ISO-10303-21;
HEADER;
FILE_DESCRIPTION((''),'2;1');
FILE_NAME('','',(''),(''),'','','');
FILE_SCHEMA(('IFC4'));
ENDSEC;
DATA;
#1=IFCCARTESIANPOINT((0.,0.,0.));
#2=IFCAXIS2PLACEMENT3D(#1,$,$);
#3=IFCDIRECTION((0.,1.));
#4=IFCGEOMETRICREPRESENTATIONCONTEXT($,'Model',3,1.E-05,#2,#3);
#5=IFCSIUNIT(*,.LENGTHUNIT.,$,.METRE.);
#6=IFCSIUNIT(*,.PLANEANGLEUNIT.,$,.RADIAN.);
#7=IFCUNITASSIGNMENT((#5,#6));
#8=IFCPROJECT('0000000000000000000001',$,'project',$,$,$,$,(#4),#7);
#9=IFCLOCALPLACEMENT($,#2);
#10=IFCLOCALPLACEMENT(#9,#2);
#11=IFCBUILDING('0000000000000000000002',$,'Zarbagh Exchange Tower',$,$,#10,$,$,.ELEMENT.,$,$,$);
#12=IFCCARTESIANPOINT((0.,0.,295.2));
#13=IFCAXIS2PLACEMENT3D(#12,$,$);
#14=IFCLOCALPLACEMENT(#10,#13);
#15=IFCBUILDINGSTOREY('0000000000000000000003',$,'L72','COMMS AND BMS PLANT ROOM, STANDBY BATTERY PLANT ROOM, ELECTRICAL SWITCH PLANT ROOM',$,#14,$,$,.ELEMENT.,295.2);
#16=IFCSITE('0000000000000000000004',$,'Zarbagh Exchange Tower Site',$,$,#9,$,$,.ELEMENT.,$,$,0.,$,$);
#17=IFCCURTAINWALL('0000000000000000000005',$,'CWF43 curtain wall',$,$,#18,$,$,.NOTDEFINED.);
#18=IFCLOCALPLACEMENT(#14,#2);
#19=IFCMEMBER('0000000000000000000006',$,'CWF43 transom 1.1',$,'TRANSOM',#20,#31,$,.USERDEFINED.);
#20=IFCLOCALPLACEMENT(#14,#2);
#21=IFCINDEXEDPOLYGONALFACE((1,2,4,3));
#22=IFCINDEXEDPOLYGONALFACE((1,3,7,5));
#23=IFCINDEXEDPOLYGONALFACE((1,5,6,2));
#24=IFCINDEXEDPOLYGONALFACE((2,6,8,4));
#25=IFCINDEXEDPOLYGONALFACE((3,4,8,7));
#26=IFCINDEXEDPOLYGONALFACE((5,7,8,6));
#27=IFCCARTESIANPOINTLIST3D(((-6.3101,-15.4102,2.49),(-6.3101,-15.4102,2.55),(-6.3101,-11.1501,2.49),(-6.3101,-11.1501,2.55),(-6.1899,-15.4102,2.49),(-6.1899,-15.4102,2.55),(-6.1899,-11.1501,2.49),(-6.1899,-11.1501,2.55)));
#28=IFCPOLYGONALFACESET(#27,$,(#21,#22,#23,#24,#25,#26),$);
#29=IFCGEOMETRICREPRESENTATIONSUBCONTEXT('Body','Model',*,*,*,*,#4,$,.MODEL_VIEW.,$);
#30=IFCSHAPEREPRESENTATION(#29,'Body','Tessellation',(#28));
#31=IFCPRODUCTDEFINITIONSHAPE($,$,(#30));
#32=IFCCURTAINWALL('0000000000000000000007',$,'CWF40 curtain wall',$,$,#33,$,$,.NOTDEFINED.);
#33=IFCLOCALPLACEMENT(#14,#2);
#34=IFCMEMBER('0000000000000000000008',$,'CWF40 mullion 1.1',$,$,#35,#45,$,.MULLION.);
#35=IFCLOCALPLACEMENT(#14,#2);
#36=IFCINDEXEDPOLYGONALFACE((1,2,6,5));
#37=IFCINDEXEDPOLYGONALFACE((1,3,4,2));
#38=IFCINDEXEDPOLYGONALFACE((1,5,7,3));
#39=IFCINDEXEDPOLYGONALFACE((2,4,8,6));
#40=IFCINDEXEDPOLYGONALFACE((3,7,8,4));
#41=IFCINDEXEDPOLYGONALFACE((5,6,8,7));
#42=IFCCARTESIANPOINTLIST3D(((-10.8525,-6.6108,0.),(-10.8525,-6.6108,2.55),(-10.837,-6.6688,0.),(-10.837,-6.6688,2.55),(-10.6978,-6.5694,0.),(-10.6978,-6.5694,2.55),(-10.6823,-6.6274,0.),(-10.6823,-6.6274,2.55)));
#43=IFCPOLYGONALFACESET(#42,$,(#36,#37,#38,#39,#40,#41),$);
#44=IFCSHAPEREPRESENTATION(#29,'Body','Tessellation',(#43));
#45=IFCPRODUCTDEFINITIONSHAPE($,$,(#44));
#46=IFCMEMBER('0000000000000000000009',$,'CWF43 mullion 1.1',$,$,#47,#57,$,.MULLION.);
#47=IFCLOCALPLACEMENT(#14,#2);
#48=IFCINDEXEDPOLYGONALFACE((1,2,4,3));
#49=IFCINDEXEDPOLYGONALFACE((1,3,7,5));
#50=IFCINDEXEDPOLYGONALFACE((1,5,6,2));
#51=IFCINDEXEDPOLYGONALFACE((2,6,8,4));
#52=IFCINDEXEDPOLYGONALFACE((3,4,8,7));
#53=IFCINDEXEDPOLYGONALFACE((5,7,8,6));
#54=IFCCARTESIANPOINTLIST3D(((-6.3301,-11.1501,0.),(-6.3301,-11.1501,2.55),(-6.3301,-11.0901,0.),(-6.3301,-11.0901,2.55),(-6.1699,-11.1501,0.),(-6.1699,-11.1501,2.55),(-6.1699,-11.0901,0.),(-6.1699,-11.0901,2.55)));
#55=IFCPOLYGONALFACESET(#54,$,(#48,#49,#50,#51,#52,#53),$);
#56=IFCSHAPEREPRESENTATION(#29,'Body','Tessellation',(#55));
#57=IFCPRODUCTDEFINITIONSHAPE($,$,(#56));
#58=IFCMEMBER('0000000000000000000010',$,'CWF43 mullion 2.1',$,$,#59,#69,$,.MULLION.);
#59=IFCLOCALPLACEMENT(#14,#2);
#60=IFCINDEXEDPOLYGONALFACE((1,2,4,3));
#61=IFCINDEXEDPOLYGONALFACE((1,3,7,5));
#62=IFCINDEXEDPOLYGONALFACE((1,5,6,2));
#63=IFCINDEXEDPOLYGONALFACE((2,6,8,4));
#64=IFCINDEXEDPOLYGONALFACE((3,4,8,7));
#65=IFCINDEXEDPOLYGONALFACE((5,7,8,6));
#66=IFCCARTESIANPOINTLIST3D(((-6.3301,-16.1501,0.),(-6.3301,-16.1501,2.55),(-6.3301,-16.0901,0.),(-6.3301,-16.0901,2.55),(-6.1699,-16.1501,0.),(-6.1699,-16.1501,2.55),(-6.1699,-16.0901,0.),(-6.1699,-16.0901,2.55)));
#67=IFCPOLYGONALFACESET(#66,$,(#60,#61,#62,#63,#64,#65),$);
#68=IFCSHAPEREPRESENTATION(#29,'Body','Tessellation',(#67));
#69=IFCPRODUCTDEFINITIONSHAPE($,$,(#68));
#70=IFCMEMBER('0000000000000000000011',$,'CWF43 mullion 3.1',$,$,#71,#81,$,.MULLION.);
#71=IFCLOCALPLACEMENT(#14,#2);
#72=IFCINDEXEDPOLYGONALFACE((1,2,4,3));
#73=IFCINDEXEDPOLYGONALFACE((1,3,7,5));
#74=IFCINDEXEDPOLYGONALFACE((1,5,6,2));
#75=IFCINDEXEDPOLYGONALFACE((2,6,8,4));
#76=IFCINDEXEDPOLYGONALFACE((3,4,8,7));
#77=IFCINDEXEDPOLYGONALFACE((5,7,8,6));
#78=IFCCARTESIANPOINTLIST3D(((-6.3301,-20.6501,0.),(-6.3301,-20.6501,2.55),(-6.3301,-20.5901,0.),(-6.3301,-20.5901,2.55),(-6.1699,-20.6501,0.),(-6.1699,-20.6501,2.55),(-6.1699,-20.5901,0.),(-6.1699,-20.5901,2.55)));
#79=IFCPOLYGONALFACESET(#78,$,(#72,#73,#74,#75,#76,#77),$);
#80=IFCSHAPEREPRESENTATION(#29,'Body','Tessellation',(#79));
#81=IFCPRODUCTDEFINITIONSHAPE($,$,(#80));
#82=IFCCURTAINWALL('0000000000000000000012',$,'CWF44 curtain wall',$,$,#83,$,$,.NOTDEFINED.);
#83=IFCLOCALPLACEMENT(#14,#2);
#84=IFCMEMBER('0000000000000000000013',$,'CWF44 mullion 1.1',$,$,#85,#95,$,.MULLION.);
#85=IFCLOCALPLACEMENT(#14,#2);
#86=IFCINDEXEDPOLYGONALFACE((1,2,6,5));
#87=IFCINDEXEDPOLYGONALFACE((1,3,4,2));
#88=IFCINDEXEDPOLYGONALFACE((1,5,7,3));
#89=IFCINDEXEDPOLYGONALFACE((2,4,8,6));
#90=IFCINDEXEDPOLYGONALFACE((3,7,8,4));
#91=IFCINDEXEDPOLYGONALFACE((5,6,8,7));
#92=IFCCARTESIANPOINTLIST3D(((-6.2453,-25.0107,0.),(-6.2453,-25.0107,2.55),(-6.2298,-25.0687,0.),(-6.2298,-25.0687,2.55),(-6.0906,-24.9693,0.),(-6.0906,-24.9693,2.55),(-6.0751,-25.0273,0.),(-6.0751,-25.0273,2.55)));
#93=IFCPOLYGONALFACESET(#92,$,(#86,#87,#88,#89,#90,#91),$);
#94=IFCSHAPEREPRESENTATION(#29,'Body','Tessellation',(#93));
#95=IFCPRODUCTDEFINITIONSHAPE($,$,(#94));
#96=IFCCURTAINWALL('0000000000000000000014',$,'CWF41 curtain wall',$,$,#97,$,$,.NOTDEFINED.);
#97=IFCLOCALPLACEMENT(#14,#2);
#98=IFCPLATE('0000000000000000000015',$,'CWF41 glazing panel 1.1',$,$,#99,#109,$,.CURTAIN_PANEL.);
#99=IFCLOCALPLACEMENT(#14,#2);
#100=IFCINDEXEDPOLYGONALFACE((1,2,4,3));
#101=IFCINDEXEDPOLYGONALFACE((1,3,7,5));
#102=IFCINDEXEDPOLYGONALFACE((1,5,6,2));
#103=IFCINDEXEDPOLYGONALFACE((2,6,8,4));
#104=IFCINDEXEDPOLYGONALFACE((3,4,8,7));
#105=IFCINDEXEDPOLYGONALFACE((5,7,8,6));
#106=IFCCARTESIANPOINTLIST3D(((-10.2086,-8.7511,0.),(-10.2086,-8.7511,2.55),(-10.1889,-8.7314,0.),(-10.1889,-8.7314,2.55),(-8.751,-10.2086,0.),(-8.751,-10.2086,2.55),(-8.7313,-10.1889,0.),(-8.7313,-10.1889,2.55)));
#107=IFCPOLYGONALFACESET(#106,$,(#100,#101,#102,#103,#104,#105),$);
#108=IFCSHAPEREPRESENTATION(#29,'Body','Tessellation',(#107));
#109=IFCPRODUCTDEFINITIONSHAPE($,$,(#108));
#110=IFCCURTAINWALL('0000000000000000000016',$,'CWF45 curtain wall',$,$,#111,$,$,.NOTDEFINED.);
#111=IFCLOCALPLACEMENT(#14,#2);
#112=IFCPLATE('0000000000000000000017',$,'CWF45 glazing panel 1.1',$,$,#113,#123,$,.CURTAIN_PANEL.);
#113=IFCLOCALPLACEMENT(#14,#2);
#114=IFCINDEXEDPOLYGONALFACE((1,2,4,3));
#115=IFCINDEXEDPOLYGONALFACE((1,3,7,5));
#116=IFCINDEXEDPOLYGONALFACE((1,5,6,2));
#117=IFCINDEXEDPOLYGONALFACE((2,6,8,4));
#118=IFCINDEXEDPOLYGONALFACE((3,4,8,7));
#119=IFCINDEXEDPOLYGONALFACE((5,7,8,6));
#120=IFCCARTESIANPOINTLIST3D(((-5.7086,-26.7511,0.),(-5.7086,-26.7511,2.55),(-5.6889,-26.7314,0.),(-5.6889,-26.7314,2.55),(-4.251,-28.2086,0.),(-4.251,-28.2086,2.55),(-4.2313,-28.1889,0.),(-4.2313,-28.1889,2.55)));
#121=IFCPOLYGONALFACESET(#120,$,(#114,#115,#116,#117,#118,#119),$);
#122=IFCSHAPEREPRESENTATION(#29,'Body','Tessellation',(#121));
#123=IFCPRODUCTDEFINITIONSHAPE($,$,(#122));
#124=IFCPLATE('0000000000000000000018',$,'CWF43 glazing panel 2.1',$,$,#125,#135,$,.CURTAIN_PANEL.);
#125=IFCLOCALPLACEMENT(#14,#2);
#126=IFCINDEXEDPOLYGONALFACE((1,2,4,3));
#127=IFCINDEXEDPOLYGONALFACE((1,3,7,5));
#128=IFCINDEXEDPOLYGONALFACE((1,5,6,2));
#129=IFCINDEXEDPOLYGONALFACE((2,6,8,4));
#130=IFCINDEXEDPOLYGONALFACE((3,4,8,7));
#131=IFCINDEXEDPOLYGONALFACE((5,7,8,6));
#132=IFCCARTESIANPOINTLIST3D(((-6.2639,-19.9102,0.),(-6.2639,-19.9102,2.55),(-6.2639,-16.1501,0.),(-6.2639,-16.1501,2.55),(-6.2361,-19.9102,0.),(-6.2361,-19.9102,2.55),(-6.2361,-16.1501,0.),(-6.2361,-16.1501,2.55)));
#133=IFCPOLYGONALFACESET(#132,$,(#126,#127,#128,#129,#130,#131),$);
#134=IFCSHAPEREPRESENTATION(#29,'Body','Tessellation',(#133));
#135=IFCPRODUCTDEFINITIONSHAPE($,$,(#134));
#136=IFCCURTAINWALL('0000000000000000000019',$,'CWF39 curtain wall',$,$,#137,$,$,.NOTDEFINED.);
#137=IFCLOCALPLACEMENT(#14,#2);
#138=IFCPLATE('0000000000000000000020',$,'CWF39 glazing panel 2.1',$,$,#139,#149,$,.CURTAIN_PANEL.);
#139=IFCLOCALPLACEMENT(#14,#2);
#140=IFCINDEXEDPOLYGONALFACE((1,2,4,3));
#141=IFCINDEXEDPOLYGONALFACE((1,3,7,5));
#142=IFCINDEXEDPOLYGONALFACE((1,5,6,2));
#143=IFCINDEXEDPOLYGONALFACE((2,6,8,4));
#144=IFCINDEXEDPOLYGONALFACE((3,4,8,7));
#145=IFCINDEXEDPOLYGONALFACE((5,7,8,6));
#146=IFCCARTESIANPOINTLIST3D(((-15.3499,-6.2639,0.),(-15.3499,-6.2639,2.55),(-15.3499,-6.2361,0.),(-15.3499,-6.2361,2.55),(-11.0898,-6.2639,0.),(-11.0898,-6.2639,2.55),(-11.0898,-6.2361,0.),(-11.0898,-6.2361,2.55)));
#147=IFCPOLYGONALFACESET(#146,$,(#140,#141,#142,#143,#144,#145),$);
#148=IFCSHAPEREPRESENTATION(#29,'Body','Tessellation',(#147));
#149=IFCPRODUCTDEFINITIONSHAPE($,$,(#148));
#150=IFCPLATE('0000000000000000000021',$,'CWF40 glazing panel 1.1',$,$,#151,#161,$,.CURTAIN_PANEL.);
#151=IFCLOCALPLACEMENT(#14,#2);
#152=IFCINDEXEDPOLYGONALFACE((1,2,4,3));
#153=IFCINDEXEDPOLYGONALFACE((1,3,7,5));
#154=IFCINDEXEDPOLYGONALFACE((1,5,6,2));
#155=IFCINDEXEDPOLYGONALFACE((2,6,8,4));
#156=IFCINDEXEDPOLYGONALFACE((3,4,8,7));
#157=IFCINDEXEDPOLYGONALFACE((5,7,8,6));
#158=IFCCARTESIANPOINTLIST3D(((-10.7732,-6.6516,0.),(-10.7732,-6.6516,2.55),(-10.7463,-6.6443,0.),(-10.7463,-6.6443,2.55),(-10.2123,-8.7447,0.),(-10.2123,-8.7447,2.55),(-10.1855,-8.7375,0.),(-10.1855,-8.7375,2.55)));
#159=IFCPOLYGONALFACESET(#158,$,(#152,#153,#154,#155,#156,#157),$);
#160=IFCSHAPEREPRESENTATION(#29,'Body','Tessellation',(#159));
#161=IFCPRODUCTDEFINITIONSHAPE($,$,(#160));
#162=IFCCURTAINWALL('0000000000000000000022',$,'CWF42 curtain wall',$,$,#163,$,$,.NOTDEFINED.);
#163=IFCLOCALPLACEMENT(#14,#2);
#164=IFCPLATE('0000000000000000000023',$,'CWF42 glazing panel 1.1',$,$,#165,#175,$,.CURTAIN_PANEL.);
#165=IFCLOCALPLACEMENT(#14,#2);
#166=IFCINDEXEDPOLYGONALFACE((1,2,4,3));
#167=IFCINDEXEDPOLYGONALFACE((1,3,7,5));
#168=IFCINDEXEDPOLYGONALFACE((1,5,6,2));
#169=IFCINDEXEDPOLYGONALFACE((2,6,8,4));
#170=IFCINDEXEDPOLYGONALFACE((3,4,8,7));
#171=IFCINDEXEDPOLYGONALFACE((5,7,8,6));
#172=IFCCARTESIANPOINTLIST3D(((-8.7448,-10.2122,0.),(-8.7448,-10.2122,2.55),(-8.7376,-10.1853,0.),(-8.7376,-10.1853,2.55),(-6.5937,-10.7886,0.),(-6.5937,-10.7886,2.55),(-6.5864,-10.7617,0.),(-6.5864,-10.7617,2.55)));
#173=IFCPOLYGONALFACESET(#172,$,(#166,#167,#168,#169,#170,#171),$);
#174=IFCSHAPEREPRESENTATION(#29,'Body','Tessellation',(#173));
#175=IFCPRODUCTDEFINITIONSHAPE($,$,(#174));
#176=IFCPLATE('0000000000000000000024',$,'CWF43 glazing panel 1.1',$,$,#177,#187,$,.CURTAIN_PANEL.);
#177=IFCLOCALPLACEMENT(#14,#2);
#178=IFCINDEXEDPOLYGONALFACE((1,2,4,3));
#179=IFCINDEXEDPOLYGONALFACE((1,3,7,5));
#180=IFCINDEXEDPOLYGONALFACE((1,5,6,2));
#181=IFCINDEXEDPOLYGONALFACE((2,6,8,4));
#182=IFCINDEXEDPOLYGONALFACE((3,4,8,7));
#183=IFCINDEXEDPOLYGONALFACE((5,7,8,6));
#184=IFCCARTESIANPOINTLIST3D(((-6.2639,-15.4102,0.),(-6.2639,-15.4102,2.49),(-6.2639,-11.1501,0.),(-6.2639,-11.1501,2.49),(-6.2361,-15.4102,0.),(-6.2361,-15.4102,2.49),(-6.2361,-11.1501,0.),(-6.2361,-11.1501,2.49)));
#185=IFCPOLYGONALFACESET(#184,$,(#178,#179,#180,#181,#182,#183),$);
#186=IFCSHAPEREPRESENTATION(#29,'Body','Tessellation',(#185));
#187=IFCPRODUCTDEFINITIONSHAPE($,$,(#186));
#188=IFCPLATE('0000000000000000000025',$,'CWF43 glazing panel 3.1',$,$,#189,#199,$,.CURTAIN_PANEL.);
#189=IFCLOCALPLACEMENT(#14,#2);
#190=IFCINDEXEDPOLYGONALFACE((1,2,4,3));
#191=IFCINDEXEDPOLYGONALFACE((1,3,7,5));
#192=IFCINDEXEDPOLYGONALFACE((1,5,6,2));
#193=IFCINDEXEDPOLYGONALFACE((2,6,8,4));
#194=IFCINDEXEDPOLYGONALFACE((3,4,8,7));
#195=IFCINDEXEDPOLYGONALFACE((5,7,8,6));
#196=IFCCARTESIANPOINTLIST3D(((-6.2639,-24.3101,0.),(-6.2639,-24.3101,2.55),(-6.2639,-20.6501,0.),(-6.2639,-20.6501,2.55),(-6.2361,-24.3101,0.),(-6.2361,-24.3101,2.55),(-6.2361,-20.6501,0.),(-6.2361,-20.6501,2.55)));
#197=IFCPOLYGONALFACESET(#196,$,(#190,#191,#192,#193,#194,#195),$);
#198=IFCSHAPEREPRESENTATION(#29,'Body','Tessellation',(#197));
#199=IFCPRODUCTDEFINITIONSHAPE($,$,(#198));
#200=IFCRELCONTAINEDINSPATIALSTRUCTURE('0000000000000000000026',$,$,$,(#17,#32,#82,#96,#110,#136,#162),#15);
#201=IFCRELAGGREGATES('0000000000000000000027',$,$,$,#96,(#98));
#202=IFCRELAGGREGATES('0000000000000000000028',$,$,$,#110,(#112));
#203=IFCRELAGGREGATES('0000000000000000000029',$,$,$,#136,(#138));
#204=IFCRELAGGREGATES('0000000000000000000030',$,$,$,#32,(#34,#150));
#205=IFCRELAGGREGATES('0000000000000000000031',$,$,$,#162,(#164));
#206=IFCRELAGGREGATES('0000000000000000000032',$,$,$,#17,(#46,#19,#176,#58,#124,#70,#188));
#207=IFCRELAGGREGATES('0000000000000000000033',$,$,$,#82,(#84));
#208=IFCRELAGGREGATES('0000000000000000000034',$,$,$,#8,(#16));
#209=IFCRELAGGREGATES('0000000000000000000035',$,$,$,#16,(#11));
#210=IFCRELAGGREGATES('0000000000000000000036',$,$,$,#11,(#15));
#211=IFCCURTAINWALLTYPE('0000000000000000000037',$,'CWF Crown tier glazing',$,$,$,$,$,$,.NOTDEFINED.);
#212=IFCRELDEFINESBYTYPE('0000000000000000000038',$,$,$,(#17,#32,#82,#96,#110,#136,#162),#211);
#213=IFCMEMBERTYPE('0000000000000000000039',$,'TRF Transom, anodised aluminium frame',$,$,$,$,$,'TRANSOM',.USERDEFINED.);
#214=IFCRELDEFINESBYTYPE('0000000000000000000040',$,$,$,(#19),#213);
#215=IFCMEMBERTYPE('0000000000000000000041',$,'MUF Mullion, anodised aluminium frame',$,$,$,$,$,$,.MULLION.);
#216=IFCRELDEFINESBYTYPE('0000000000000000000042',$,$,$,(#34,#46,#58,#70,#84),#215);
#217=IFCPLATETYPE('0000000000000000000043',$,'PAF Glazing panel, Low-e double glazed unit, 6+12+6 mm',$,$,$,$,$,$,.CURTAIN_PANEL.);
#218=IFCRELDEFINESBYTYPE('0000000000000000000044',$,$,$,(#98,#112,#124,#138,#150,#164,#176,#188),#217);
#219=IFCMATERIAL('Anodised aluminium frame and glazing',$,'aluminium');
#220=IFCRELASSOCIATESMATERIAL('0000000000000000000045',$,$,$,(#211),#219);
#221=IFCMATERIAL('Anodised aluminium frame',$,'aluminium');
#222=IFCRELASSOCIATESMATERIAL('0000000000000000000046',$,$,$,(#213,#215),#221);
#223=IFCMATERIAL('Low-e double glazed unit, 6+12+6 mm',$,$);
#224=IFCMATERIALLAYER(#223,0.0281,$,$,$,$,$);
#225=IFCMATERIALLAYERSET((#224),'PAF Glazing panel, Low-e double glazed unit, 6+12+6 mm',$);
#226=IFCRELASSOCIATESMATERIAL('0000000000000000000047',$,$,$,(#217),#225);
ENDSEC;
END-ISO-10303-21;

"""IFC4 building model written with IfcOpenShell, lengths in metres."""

from ifc_helpers import new_model, si_unit, direction, frame, origin, place, context, subcontext, project, spatial, polyline, outline, extrude, source, transform, mapped, material, layer, layer_set, type_object, element, aggregate, save


model = new_model("IFC4")

# Units and contexts
model_context = context("Model", 3, precision=1e-05, world=origin(), true_north=direction((0.0, 1.0)))
body_context = subcontext(model_context, "Body", "Model", "MODEL_VIEW")
ifc_project = project(units=[si_unit("LENGTHUNIT", "METRE"), si_unit("PLANEANGLEUNIT", "RADIAN")], contexts=[model_context])

# Site, building, storey
site_placement = place(None, origin())
site = spatial("IfcSite", under=ifc_project, at=site_placement, Name="Zarbagh Exchange Tower Site", CompositionType="ELEMENT", RefElevation=0.0)
building_placement = place(site_placement, origin())
building = spatial("IfcBuilding", under=site, at=building_placement, Name="Zarbagh Exchange Tower", CompositionType="ELEMENT")
storey_placement = place(building_placement, frame((0.0, 0.0, 295.2)))
storey = spatial("IfcBuildingStorey", under=building, at=storey_placement, Name="L72", Description="COMMS AND BMS PLANT ROOM, STANDBY BATTERY PLANT ROOM, ELECTRICAL SWITCH PLANT ROOM", CompositionType="ELEMENT", Elevation=295.2)

# Curtain walls, members
ifc_material_1 = material(Name="Anodised aluminium frame and glazing", Category="aluminium")
curtain_wall_type = type_object("IfcCurtainWallType", Name="CWF Crown tier glazing", PredefinedType="NOTDEFINED", material=ifc_material_1)
curtain_wall_1_placement = place(storey_placement, origin())
curtain_wall_1 = element("IfcCurtainWall", 1, at=curtain_wall_1_placement, inside=storey, type_object=curtain_wall_type, Name="CWF43 curtain wall", PredefinedType="NOTDEFINED")
ifc_material_2 = material(Name="Anodised aluminium frame", Category="aluminium")
member_type_1 = type_object("IfcMemberType", Name="TRF Transom, anodised aluminium frame", ElementType="TRANSOM", PredefinedType="USERDEFINED", material=ifc_material_2)
shared_shape_1 = source(origin(), body_context, "Body", "SweptSolid", [
    extrude(outline(polyline([(-0.0601, -0.0601), (0.0, -0.0601), (0.0, 0.0601), (-0.0601, 0.0601), (-0.0601, -0.0601)])), origin(), (0.0, 0.0, 1.0), 4.26),
])
placement = place(storey_placement, origin())
member_1 = element("IfcMember", 2, at=placement, type_object=member_type_1, Name="CWF43 transom 1.1", ObjectType="TRANSOM", PredefinedType="USERDEFINED", context=body_context, shape_type="MappedRepresentation", body=[
    mapped(shared_shape_1, transform((-6.25, -11.1501, 2.55), x_axis=(0.0, 0.0, 1.0), y_axis=(-1.0, 0.0, 0.0), z_axis=(0.0, -1.0, 0.0))),
])
curtain_wall_2_placement = place(storey_placement, origin())
curtain_wall_2 = element("IfcCurtainWall", 3, at=curtain_wall_2_placement, inside=storey, type_object=curtain_wall_type, Name="CWF40 curtain wall", PredefinedType="NOTDEFINED")
member_type_2 = type_object("IfcMemberType", Name="MUF Mullion, anodised aluminium frame", PredefinedType="MULLION", material=ifc_material_2)
shared_shape_2 = source(origin(), body_context, "Body", "SweptSolid", [
    extrude(outline(polyline([(0.0, -0.0801), (0.0601, -0.0801), (0.0601, 0.0801), (0.0, 0.0801), (0.0, -0.0801)])), origin(), (0.0, 0.0, 1.0), 2.55),
])
member_2 = element("IfcMember", 4, at=placement, type_object=member_type_2, Name="CWF40 mullion 1.1", PredefinedType="MULLION", context=body_context, shape_type="MappedRepresentation", body=[
    mapped(shared_shape_2, transform((-10.7751, -6.5901, 0.0), x_axis=(0.258825, -0.965924, 0.0), y_axis=(0.965924, 0.258825, 0.0), z_axis=(0.0, 0.0, 1.0))),
])

# Members
member_3 = element("IfcMember", 5, at=placement, type_object=member_type_2, Name="CWF43 mullion 1.1", PredefinedType="MULLION", context=body_context, shape_type="MappedRepresentation", body=[
    mapped(shared_shape_2, transform((-6.25, -11.0901, 0.0), x_axis=(0.0, -1.0, 0.0), y_axis=(1.0, 0.0, 0.0), z_axis=(0.0, 0.0, 1.0))),
])
member_4 = element("IfcMember", 6, at=placement, type_object=member_type_2, Name="CWF43 mullion 2.1", PredefinedType="MULLION", context=body_context, shape_type="MappedRepresentation", body=[
    mapped(shared_shape_2, transform((-6.25, -16.0901, 0.0), x_axis=(0.0, -1.0, 0.0), y_axis=(1.0, 0.0, 0.0), z_axis=(0.0, 0.0, 1.0))),
])
member_5 = element("IfcMember", 7, at=placement, type_object=member_type_2, Name="CWF43 mullion 3.1", PredefinedType="MULLION", context=body_context, shape_type="MappedRepresentation", body=[
    mapped(shared_shape_2, transform((-6.25, -20.5901, 0.0), x_axis=(0.0, -1.0, 0.0), y_axis=(1.0, 0.0, 0.0), z_axis=(0.0, 0.0, 1.0))),
])

# Curtain wall, member
curtain_wall_3_placement = place(storey_placement, origin())
curtain_wall_3 = element("IfcCurtainWall", 8, at=curtain_wall_3_placement, inside=storey, type_object=curtain_wall_type, Name="CWF44 curtain wall", PredefinedType="NOTDEFINED")
member_6 = element("IfcMember", 9, at=placement, type_object=member_type_2, Name="CWF44 mullion 1.1", PredefinedType="MULLION", context=body_context, shape_type="MappedRepresentation", body=[
    mapped(shared_shape_2, transform((-6.168, -24.99, 0.0), x_axis=(0.258825, -0.965924, 0.0), y_axis=(0.965924, 0.258825, 0.0), z_axis=(0.0, 0.0, 1.0))),
])

# Curtain walls, plates
curtain_wall_4_placement = place(storey_placement, origin())
curtain_wall_4 = element("IfcCurtainWall", 10, at=curtain_wall_4_placement, inside=storey, type_object=curtain_wall_type, Name="CWF41 curtain wall", PredefinedType="NOTDEFINED")
ifc_material_3 = material(Name="Low-e double glazed unit, 6+12+6 mm")
ifc_layer_1 = layer(ifc_material_3, 0.0281)
ifc_layer_set_1 = layer_set([ifc_layer_1], Name="PAF Glazing panel, Low-e double glazed unit, 6+12+6 mm")
plate_type = type_object("IfcPlateType", Name="PAF Glazing panel, Low-e double glazed unit, 6+12+6 mm", PredefinedType="CURTAIN_PANEL", material=ifc_layer_set_1)
shared_shape_3 = source(origin(), body_context, "Body", "SweptSolid", [
    extrude(outline(polyline([(0.0, -0.0139), (2.0613, -0.0139), (2.0613, 0.0139), (0.0, 0.0139), (0.0, -0.0139)])), origin(), (0.0, 0.0, 1.0), 2.55),
])
plate_1 = element("IfcPlate", 11, at=placement, type_object=plate_type, Name="CWF41 glazing panel 1.1", PredefinedType="CURTAIN_PANEL", context=body_context, shape_type="MappedRepresentation", body=[
    mapped(shared_shape_3, transform((-10.1987, -8.7412, 0.0), x_axis=(0.707107, -0.707107, 0.0), y_axis=(0.707107, 0.707107, 0.0), z_axis=(0.0, 0.0, 1.0))),
])
aggregate(curtain_wall_4, [plate_1])
curtain_wall_5_placement = place(storey_placement, origin())
curtain_wall_5 = element("IfcCurtainWall", 12, at=curtain_wall_5_placement, inside=storey, type_object=curtain_wall_type, Name="CWF45 curtain wall", PredefinedType="NOTDEFINED")
plate_2 = element("IfcPlate", 13, at=placement, type_object=plate_type, Name="CWF45 glazing panel 1.1", PredefinedType="CURTAIN_PANEL", context=body_context, shape_type="MappedRepresentation", body=[
    mapped(shared_shape_3, transform((-5.6987, -26.7412, 0.0), x_axis=(0.707107, -0.707107, 0.0), y_axis=(0.707107, 0.707107, 0.0), z_axis=(0.0, 0.0, 1.0))),
])
aggregate(curtain_wall_5, [plate_2])

# Plate
shared_shape_4 = source(origin(), body_context, "Body", "SweptSolid", [
    extrude(outline(polyline([(0.0, -0.0139), (3.76, -0.0139), (3.76, 0.0139), (0.0, 0.0139), (0.0, -0.0139)])), origin(), (0.0, 0.0, 1.0), 2.55),
])
plate_3 = element("IfcPlate", 14, at=placement, type_object=plate_type, Name="CWF43 glazing panel 2.1", PredefinedType="CURTAIN_PANEL", context=body_context, shape_type="MappedRepresentation", body=[
    mapped(shared_shape_4, transform((-6.25, -16.1501, 0.0), x_axis=(0.0, -1.0, 0.0), y_axis=(1.0, 0.0, 0.0), z_axis=(0.0, 0.0, 1.0))),
])

# Curtain wall, plate
curtain_wall_6_placement = place(storey_placement, origin())
curtain_wall_6 = element("IfcCurtainWall", 15, at=curtain_wall_6_placement, inside=storey, type_object=curtain_wall_type, Name="CWF39 curtain wall", PredefinedType="NOTDEFINED")
shared_shape_5 = source(origin(), body_context, "Body", "SweptSolid", [
    extrude(outline(polyline([(0.0, -0.0139), (4.26, -0.0139), (4.26, 0.0139), (0.0, 0.0139), (0.0, -0.0139)])), origin(), (0.0, 0.0, 1.0), 2.55),
])
plate_4 = element("IfcPlate", 16, at=placement, type_object=plate_type, Name="CWF39 glazing panel 2.1", PredefinedType="CURTAIN_PANEL", context=body_context, shape_type="MappedRepresentation", body=[
    mapped(shared_shape_5, transform((-15.3499, -6.25, 0.0), x_axis=(1.0, 0.0, 0.0), y_axis=(0.0, 1.0, 0.0), z_axis=(0.0, 0.0, 1.0))),
])
aggregate(curtain_wall_6, [plate_4])

# Plate
shared_shape_6 = source(origin(), body_context, "Body", "SweptSolid", [
    extrude(outline(polyline([(0.0, -0.0139), (2.167, -0.0139), (2.167, 0.0139), (0.0, 0.0139), (0.0, -0.0139)])), origin(), (0.0, 0.0, 1.0), 2.55),
])
plate_5 = element("IfcPlate", 17, at=placement, type_object=plate_type, Name="CWF40 glazing panel 1.1", PredefinedType="CURTAIN_PANEL", context=body_context, shape_type="MappedRepresentation", body=[
    mapped(shared_shape_6, transform((-10.7598, -6.6479, 0.0), x_axis=(0.258825, -0.965924, 0.0), y_axis=(0.965924, 0.258825, 0.0), z_axis=(0.0, 0.0, 1.0))),
])
aggregate(curtain_wall_2, [member_2, plate_5])

# Curtain wall, plate
curtain_wall_7_placement = place(storey_placement, origin())
curtain_wall_7 = element("IfcCurtainWall", 18, at=curtain_wall_7_placement, inside=storey, type_object=curtain_wall_type, Name="CWF42 curtain wall", PredefinedType="NOTDEFINED")
shared_shape_7 = source(origin(), body_context, "Body", "SweptSolid", [
    extrude(outline(polyline([(0.0, -0.0139), (2.2271, -0.0139), (2.2271, 0.0139), (0.0, 0.0139), (0.0, -0.0139)])), origin(), (0.0, 0.0, 1.0), 2.55),
])
plate_6 = element("IfcPlate", 19, at=placement, type_object=plate_type, Name="CWF42 glazing panel 1.1", PredefinedType="CURTAIN_PANEL", context=body_context, shape_type="MappedRepresentation", body=[
    mapped(shared_shape_7, transform((-8.7412, -10.1987, 0.0), x_axis=(0.965924, -0.258825, 0.0), y_axis=(0.258825, 0.965924, 0.0), z_axis=(0.0, 0.0, 1.0))),
])
aggregate(curtain_wall_7, [plate_6])

# Plates
shared_shape_8 = source(origin(), body_context, "Body", "SweptSolid", [
    extrude(outline(polyline([(0.0, -0.0139), (4.26, -0.0139), (4.26, 0.0139), (0.0, 0.0139), (0.0, -0.0139)])), origin(), (0.0, 0.0, 1.0), 2.49),
])
plate_7 = element("IfcPlate", 20, at=placement, type_object=plate_type, Name="CWF43 glazing panel 1.1", PredefinedType="CURTAIN_PANEL", context=body_context, shape_type="MappedRepresentation", body=[
    mapped(shared_shape_8, transform((-6.25, -11.1501, 0.0), x_axis=(0.0, -1.0, 0.0), y_axis=(1.0, 0.0, 0.0), z_axis=(0.0, 0.0, 1.0))),
])
shared_shape_9 = source(origin(), body_context, "Body", "SweptSolid", [
    extrude(outline(polyline([(0.0, -0.0139), (3.6599, -0.0139), (3.6599, 0.0139), (0.0, 0.0139), (0.0, -0.0139)])), origin(), (0.0, 0.0, 1.0), 2.55),
])
plate_8 = element("IfcPlate", 21, at=placement, type_object=plate_type, Name="CWF43 glazing panel 3.1", PredefinedType="CURTAIN_PANEL", context=body_context, shape_type="MappedRepresentation", body=[
    mapped(shared_shape_9, transform((-6.25, -20.6501, 0.0), x_axis=(0.0, -1.0, 0.0), y_axis=(1.0, 0.0, 0.0), z_axis=(0.0, 0.0, 1.0))),
])
aggregate(curtain_wall_1, [member_3, member_1, plate_7, member_4, plate_3, member_5, plate_8])
aggregate(curtain_wall_3, [member_6])

save(model, "model.ifc")
